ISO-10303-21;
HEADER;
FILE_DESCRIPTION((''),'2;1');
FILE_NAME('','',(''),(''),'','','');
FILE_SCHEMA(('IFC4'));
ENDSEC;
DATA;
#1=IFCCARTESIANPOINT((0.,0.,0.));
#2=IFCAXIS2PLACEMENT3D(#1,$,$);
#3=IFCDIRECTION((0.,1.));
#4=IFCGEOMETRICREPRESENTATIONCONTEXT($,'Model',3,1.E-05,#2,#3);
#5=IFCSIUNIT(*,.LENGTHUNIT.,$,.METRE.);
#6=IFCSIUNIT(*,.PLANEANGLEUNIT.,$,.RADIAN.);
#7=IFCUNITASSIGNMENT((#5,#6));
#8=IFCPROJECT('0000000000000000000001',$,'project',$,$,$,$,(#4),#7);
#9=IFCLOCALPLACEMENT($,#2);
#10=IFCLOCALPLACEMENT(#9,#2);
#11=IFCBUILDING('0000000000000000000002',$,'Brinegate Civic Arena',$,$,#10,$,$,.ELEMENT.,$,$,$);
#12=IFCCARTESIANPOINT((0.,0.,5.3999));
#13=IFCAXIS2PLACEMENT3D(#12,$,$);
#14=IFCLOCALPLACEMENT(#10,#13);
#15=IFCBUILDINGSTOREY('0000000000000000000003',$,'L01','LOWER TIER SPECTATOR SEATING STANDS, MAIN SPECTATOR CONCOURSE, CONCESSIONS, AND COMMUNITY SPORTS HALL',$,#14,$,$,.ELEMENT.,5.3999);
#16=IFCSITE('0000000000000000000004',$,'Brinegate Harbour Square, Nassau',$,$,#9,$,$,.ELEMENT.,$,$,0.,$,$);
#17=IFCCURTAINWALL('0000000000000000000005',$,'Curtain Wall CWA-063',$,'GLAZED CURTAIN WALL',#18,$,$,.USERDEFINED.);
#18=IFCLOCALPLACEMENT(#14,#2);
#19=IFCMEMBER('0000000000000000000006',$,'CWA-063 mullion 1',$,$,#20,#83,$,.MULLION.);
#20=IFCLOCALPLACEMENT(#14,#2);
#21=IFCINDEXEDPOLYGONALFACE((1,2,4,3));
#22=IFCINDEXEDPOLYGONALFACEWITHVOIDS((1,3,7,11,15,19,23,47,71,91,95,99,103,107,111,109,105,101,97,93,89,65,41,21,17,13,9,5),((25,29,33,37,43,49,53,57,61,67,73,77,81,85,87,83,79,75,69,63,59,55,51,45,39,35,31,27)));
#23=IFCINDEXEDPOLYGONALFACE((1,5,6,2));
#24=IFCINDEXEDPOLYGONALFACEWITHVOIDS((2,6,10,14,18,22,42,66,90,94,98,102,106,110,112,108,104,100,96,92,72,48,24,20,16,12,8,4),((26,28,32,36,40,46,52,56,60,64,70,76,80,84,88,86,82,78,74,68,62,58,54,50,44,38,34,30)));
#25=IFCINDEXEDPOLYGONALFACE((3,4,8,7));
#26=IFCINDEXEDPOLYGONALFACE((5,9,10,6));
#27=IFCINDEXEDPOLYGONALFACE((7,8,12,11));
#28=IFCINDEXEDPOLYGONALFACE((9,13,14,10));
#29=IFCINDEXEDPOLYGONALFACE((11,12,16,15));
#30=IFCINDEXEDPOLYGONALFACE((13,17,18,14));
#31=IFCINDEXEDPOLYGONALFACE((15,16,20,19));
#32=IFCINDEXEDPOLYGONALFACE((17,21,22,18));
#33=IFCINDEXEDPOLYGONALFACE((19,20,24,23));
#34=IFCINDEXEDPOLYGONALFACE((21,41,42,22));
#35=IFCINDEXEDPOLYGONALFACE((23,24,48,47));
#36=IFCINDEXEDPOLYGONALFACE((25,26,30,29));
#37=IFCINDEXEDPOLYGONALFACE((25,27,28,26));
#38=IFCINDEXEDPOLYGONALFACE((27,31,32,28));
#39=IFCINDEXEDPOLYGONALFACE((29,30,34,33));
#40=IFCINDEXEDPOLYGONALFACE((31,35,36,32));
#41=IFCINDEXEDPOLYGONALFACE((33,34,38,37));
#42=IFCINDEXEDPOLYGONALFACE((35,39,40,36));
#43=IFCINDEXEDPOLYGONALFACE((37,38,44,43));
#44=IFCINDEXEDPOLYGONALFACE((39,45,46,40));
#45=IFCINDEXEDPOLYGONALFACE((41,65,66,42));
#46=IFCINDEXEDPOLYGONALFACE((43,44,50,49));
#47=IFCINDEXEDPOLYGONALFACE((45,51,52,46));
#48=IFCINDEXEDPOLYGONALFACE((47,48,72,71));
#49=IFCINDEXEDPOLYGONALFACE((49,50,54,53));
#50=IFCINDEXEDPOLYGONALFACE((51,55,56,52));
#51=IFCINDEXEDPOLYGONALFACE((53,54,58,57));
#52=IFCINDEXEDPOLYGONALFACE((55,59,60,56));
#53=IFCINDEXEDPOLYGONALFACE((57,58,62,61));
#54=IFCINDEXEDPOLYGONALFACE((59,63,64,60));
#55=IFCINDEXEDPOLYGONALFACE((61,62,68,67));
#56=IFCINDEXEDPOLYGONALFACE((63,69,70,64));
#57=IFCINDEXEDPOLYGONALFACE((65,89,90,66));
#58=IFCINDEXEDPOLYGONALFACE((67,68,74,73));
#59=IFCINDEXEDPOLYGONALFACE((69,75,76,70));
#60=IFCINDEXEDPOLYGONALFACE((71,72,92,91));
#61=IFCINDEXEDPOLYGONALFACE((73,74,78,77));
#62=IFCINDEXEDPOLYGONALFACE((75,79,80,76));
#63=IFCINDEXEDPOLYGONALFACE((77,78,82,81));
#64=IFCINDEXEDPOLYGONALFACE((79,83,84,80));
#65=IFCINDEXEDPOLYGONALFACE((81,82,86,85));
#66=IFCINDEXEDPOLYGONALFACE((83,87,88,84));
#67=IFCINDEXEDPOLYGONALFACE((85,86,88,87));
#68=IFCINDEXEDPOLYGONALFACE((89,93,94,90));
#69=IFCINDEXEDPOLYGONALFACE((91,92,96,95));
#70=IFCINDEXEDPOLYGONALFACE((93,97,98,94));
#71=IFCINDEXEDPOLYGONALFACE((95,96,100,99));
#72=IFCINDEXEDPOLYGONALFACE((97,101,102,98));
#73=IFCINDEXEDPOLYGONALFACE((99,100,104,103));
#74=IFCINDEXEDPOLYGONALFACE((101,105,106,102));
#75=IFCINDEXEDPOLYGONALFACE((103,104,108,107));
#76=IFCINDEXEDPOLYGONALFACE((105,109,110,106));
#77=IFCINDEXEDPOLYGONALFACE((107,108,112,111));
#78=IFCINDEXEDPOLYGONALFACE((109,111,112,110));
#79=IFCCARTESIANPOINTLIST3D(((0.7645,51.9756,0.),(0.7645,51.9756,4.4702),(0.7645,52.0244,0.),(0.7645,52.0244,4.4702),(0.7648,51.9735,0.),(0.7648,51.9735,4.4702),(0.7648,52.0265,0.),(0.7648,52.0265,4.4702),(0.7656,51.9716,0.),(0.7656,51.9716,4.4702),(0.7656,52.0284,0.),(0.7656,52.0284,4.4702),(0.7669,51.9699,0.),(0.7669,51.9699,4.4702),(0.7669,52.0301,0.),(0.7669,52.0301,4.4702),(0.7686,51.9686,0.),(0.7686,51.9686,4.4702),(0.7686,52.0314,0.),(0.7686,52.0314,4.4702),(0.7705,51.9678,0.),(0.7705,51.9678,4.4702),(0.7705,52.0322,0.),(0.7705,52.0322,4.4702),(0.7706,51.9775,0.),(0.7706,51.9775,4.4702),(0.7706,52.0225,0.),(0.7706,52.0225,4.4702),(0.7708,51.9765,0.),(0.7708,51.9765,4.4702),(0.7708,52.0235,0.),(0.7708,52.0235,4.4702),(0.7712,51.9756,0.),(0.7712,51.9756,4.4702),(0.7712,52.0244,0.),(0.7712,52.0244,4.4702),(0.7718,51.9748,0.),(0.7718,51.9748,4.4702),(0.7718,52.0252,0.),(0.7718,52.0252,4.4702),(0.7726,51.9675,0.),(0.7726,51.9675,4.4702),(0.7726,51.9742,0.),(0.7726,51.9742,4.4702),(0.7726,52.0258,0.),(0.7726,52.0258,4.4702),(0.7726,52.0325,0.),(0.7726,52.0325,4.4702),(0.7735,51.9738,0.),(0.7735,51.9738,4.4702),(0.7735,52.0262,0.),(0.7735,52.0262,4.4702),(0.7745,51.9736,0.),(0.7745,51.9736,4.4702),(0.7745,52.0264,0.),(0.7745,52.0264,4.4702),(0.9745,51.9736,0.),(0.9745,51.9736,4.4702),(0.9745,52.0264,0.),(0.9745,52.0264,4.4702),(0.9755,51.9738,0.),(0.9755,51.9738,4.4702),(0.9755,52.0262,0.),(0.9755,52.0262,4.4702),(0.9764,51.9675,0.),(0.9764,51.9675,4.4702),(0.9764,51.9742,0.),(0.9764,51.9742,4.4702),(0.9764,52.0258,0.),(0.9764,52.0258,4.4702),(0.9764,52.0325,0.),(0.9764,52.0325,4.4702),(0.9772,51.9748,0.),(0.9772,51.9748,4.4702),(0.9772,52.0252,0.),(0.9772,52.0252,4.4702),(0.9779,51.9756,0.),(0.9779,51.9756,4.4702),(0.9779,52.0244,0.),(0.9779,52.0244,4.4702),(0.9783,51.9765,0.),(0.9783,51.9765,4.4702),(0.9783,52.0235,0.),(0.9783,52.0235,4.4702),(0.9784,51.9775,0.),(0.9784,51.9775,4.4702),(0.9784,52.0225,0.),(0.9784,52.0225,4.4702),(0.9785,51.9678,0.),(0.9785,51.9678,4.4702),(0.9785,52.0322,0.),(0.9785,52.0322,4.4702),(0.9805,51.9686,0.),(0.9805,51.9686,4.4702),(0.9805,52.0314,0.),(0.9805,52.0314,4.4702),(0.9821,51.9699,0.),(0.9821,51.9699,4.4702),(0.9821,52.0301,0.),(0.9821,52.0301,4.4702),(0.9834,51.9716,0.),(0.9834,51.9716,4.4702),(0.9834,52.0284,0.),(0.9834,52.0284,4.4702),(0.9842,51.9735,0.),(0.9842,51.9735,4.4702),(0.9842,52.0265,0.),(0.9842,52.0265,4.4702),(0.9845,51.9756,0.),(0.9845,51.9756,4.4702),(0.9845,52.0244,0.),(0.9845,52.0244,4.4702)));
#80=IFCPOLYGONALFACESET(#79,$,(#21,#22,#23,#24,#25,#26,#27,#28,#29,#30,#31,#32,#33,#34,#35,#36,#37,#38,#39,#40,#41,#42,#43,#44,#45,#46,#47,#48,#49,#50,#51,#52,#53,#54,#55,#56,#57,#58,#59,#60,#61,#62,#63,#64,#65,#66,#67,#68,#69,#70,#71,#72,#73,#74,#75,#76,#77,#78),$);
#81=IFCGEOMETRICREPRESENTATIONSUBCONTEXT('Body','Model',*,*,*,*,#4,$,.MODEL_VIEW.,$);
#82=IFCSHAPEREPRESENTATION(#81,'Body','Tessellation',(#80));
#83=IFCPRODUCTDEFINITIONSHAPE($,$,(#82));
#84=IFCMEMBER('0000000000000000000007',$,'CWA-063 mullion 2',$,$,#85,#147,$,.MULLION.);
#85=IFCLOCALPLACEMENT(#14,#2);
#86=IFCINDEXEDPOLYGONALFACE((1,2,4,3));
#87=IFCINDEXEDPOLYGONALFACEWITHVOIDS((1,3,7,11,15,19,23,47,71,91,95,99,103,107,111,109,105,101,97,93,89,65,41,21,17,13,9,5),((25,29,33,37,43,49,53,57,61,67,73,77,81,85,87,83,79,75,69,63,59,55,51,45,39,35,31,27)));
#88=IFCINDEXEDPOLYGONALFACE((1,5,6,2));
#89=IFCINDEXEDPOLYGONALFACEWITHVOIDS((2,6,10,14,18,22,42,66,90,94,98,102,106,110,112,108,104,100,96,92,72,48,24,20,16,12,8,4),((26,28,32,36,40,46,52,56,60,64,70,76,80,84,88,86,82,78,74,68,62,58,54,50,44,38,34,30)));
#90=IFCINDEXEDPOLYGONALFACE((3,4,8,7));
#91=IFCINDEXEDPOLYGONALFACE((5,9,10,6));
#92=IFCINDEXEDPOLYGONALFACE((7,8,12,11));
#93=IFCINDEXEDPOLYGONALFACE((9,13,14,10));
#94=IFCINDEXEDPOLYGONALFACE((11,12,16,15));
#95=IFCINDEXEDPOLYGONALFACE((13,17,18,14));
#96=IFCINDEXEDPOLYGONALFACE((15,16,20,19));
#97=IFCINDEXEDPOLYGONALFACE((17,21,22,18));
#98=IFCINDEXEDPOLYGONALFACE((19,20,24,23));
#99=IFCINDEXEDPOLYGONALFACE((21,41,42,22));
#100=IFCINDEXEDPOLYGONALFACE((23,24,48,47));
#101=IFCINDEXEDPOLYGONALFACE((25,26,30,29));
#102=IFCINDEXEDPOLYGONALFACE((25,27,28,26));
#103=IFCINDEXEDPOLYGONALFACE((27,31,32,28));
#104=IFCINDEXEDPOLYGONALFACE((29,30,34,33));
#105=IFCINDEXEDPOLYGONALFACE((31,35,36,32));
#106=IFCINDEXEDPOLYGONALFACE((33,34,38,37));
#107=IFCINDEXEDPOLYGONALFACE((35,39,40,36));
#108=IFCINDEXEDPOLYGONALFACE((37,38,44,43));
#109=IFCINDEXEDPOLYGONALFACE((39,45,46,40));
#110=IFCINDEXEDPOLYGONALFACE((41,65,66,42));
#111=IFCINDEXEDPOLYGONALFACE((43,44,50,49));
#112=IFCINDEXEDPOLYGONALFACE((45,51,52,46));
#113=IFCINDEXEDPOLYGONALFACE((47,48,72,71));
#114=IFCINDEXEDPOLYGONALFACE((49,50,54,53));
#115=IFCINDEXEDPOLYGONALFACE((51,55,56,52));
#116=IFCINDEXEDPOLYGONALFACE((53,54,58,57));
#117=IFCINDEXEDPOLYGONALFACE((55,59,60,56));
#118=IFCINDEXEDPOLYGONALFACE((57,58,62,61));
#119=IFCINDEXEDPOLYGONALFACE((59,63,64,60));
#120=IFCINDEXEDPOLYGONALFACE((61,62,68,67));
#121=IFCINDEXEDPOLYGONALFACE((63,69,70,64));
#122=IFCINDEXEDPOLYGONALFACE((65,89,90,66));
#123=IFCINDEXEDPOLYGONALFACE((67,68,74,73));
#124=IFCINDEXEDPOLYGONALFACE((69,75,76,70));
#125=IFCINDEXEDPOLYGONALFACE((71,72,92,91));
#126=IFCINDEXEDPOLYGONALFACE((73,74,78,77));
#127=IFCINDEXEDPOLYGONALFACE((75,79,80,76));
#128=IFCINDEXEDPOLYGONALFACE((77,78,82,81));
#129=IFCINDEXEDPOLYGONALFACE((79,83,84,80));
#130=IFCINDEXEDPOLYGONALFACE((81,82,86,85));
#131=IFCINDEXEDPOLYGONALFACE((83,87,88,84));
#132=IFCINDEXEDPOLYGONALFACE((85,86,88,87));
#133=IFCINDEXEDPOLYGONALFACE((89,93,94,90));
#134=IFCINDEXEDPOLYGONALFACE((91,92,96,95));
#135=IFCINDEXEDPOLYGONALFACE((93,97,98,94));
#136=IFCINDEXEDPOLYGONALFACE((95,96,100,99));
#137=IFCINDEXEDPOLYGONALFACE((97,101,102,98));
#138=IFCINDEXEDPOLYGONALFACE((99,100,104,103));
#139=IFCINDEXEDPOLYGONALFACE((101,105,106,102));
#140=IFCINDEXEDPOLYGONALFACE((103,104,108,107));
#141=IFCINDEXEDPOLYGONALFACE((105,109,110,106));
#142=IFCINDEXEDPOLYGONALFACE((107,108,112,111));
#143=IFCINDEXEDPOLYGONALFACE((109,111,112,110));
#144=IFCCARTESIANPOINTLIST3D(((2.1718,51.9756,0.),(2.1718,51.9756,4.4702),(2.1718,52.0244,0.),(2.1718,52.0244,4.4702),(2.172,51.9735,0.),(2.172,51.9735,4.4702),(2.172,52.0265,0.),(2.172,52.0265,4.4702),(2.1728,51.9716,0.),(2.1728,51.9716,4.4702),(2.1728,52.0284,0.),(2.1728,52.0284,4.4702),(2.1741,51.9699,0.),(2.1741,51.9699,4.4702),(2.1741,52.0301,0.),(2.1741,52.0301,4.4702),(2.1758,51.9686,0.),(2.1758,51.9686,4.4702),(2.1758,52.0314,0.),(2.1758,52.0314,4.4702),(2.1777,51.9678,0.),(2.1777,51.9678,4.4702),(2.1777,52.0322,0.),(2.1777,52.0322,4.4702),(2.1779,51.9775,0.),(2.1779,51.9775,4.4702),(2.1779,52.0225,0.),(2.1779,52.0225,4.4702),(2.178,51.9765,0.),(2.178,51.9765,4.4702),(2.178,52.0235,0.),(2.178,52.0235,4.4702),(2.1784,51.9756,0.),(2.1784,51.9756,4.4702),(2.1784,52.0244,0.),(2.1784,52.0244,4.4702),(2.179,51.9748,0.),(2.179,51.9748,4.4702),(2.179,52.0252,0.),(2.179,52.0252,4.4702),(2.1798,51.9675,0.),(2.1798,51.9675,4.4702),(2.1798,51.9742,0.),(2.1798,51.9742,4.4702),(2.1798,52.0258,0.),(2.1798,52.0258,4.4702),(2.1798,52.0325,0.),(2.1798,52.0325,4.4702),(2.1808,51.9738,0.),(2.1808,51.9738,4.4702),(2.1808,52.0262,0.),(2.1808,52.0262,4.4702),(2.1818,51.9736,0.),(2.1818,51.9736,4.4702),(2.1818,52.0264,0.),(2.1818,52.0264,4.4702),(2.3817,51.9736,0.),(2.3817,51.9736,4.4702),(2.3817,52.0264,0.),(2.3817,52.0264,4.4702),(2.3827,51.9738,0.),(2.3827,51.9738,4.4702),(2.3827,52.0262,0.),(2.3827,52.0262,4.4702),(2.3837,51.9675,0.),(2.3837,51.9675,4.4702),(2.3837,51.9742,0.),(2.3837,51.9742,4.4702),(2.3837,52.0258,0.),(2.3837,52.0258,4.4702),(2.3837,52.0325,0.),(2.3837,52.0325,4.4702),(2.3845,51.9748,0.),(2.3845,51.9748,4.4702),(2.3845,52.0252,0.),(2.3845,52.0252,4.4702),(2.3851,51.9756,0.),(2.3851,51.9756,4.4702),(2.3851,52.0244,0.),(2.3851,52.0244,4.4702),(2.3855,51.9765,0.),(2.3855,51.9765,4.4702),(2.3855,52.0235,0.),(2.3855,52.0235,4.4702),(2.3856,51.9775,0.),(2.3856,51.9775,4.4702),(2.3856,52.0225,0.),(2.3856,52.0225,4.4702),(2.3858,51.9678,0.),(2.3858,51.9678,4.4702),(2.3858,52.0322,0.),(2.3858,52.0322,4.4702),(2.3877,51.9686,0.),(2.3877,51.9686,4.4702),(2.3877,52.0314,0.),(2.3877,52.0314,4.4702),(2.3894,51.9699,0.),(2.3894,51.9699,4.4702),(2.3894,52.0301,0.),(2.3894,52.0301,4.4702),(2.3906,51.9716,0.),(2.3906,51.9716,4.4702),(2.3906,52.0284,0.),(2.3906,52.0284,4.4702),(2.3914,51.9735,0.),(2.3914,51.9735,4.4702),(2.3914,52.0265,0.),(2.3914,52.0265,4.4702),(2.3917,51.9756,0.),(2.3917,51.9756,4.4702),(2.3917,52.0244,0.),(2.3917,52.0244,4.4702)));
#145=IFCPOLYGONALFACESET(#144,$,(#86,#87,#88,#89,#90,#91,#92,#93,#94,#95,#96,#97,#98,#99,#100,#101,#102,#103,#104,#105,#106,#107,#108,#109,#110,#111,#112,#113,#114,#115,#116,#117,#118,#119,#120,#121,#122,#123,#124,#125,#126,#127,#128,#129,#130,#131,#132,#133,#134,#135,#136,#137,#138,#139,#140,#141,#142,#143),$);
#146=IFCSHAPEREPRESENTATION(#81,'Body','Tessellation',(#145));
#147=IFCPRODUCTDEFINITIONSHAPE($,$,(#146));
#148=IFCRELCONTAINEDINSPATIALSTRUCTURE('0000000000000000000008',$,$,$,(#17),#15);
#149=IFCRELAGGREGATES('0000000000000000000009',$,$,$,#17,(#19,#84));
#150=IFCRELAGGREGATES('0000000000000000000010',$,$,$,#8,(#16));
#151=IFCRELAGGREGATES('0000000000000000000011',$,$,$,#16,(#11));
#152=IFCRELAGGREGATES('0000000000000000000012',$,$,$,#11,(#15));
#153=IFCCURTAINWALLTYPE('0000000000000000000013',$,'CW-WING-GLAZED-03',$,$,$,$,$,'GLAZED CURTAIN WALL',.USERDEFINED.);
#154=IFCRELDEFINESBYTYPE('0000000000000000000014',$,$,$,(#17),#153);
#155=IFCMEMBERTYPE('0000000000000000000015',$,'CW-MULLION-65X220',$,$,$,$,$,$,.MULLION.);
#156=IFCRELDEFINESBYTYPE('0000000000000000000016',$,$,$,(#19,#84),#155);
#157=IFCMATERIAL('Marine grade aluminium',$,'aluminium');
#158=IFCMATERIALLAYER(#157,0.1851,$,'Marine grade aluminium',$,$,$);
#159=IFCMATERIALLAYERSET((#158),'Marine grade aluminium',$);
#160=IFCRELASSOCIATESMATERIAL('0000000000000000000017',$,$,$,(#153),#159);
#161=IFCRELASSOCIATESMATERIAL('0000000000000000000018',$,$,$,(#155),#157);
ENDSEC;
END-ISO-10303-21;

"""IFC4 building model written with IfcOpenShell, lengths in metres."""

from ifc_helpers import new_model, si_unit, direction, frame, origin, origin_2d, place, context, subcontext, project, spatial, hollow_rectangle, extrude, material, layer, layer_set, material_profile, profile_set, type_object, element, aggregate, save


model = new_model("IFC4")

# Units and contexts
model_context = context("Model", 3, precision=1e-05, world=origin(), true_north=direction((0.0, 1.0)))
body_context = subcontext(model_context, "Body", "Model", "MODEL_VIEW")
ifc_project = project(units=[si_unit("LENGTHUNIT", "METRE"), si_unit("PLANEANGLEUNIT", "RADIAN")], contexts=[model_context])

# Site, building, storey
site_placement = place(None, origin())
site = spatial("IfcSite", under=ifc_project, at=site_placement, Name="Brinegate Harbour Square, Nassau", CompositionType="ELEMENT", RefElevation=0.0)
building_placement = place(site_placement, origin())
building = spatial("IfcBuilding", under=site, at=building_placement, Name="Brinegate Civic Arena", CompositionType="ELEMENT")
storey_placement = place(building_placement, frame((0.0, 0.0, 5.3999)))
storey = spatial("IfcBuildingStorey", under=building, at=storey_placement, Name="L01", Description="LOWER TIER SPECTATOR SEATING STANDS, MAIN SPECTATOR CONCOURSE, CONCESSIONS, AND COMMUNITY SPORTS HALL", CompositionType="ELEMENT", Elevation=5.3999)

# Curtain wall, members
ifc_material_1 = material(Name="Marine grade aluminium", Category="aluminium")
ifc_layer_1 = layer(ifc_material_1, 0.1851, Name="Marine grade aluminium")
ifc_layer_set_1 = layer_set([ifc_layer_1], Name="Marine grade aluminium")
curtain_wall_type = type_object("IfcCurtainWallType", Name="CW-WING-GLAZED-03", ElementType="GLAZED CURTAIN WALL", PredefinedType="USERDEFINED", material=ifc_layer_set_1)
curtain_wall_placement = place(storey_placement, origin())
curtain_wall = element("IfcCurtainWall", 1, at=curtain_wall_placement, inside=storey, type_object=curtain_wall_type, Name="Curtain Wall CWA-063", ObjectType="GLAZED CURTAIN WALL", PredefinedType="USERDEFINED")
ifc_material_profile_1 = material_profile(ifc_material_1, hollow_rectangle(XDim=0.0649, YDim=0.22, WallThickness=0.0061, InnerFilletRadius=0.0039, OuterFilletRadius=0.0081, at=origin_2d()), Name="MUL65X220")
ifc_profile_set_1 = profile_set([ifc_material_profile_1], Name="Marine grade aluminium")
member_type_1 = type_object("IfcMemberType", Name="CW-MULLION-65X220", PredefinedType="MULLION", material=ifc_profile_set_1)
member_1_placement = place(storey_placement, frame((0.8745, 52.0, 0.0), z_axis=(0.0, 0.0, 1.0), x_axis=(0.0, 1.0, 0.0)))
member_1 = element("IfcMember", 2, at=member_1_placement, type_object=member_type_1, Name="CWA-063 mullion 1", PredefinedType="MULLION", context=body_context, shape_type="SweptSolid", body=[
    extrude(hollow_rectangle(XDim=0.0649, YDim=0.22, WallThickness=0.0061, InnerFilletRadius=0.0039, OuterFilletRadius=0.0081, at=origin_2d()), origin(), (0.0, 0.0, 1.0), 4.4702),
])
member_2_placement = place(storey_placement, frame((2.2817, 52.0, 0.0), z_axis=(0.0, 0.0, 1.0), x_axis=(0.0, 1.0, 0.0)))
member_2 = element("IfcMember", 3, at=member_2_placement, type_object=member_type_1, Name="CWA-063 mullion 2", PredefinedType="MULLION", context=body_context, shape_type="SweptSolid", body=[
    extrude(hollow_rectangle(XDim=0.0649, YDim=0.22, WallThickness=0.0061, InnerFilletRadius=0.0039, OuterFilletRadius=0.0081, at=origin_2d()), origin(), (0.0, 0.0, 1.0), 4.4702),
])

aggregate(curtain_wall, [member_1, member_2])

save(model, "model.ifc")
